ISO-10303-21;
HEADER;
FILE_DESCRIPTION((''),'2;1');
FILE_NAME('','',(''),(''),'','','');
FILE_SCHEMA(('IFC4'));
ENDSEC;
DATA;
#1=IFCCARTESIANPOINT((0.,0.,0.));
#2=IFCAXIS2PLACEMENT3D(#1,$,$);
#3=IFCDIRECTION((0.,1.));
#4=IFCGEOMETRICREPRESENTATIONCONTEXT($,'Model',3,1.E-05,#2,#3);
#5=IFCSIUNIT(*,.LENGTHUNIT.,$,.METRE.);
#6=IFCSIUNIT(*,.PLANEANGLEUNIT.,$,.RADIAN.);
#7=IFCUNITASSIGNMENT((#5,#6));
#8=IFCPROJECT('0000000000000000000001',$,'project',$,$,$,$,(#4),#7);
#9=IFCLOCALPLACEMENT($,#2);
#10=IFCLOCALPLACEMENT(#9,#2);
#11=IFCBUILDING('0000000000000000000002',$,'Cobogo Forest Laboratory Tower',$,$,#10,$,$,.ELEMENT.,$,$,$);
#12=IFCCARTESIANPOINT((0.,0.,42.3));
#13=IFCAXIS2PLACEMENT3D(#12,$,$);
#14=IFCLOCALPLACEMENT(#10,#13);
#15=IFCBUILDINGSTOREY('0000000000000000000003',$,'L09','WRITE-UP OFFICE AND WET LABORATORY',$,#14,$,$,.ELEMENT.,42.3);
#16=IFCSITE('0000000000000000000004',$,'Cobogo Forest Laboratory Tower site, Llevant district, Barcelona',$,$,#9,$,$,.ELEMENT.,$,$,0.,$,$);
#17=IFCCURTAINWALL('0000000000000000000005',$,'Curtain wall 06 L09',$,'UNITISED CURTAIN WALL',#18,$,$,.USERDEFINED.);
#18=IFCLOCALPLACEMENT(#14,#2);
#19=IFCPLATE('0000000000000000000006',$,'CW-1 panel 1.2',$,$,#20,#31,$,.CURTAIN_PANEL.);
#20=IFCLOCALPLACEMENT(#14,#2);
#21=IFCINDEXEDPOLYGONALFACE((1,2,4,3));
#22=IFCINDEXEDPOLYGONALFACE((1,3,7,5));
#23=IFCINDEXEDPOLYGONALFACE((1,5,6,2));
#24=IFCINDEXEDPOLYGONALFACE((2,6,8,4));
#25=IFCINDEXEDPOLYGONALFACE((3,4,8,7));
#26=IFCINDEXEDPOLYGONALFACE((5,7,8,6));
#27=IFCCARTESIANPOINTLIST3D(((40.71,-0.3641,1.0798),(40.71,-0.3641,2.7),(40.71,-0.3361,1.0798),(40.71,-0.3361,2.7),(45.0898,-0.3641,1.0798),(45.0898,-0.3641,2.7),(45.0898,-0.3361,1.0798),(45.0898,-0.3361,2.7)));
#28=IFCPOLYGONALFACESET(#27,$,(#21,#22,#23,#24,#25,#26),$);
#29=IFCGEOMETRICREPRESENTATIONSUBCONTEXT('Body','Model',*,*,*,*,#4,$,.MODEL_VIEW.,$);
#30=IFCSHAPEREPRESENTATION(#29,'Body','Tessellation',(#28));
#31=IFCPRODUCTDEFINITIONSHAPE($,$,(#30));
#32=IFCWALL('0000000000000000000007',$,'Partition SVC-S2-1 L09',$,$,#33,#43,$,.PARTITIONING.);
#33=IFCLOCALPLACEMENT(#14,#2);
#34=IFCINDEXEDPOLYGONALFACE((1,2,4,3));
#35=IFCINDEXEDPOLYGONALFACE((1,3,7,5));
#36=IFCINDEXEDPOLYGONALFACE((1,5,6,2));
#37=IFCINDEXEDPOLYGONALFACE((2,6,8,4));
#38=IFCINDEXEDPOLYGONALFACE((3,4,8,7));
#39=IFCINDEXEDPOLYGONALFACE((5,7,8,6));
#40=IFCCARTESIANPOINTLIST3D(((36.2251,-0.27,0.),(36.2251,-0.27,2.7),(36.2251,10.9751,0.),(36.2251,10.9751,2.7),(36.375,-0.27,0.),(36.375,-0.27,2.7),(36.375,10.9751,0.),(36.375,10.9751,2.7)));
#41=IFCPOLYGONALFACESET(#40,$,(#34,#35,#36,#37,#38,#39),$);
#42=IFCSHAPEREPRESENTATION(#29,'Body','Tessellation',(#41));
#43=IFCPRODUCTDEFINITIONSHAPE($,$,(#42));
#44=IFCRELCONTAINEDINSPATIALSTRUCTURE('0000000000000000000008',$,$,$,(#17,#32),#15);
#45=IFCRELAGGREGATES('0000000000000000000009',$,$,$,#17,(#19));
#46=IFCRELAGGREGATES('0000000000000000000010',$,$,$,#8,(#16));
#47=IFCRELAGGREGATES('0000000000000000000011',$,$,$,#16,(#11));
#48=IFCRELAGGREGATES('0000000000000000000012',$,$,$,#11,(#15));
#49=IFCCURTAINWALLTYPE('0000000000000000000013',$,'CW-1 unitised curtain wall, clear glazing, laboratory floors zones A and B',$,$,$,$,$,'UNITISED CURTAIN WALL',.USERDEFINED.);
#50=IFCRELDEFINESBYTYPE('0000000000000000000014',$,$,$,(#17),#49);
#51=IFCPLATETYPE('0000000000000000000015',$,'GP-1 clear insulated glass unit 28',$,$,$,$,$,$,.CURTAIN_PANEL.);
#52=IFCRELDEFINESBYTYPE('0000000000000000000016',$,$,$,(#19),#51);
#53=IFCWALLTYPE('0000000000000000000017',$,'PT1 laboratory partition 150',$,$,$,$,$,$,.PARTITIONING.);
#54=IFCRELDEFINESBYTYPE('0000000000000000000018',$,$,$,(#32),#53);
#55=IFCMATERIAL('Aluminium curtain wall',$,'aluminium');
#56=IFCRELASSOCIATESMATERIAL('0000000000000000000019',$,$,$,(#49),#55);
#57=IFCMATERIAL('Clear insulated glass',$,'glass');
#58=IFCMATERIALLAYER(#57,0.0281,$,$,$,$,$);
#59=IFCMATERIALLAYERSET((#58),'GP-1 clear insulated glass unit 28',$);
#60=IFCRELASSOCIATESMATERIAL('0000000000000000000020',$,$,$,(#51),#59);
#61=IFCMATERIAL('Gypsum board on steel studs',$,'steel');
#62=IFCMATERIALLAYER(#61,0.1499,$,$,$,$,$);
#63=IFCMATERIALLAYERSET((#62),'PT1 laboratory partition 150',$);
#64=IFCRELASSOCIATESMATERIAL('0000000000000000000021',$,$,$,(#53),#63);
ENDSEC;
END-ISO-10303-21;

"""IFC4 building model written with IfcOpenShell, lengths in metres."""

from ifc_helpers import new_model, si_unit, direction, frame, frame_2d, origin, origin_2d, place, context, subcontext, project, spatial, rectangle, extrude, material, layer, layer_set, type_object, element, aggregate, save


model = new_model("IFC4")

# Units and contexts
model_context = context("Model", 3, precision=1e-05, world=origin(), true_north=direction((0.0, 1.0)))
body_context = subcontext(model_context, "Body", "Model", "MODEL_VIEW")
ifc_project = project(units=[si_unit("LENGTHUNIT", "METRE"), si_unit("PLANEANGLEUNIT", "RADIAN")], contexts=[model_context])

# Site, building, storey
site_placement = place(None, origin())
site = spatial("IfcSite", under=ifc_project, at=site_placement, Name="Cobogo Forest Laboratory Tower site, Llevant district, Barcelona", CompositionType="ELEMENT", RefElevation=0.0)
building_placement = place(site_placement, origin())
building = spatial("IfcBuilding", under=site, at=building_placement, Name="Cobogo Forest Laboratory Tower", CompositionType="ELEMENT")
storey_placement = place(building_placement, frame((0.0, 0.0, 42.3)))
storey = spatial("IfcBuildingStorey", under=building, at=storey_placement, Name="L09", Description="WRITE-UP OFFICE AND WET LABORATORY", CompositionType="ELEMENT", Elevation=42.3)

# Shared definitions
ifc_material_1 = material(Name="Aluminium curtain wall", Category="aluminium")
curtain_wall_type = type_object("IfcCurtainWallType", Name="CW-1 unitised curtain wall, clear glazing, laboratory floors zones A and B", ElementType="UNITISED CURTAIN WALL", PredefinedType="USERDEFINED", material=ifc_material_1)

# Curtain wall
curtain_wall_1_placement = place(storey_placement, origin())
curtain_wall_1 = element("IfcCurtainWall", 1, at=curtain_wall_1_placement, inside=storey, type_object=curtain_wall_type, Name="Curtain wall 06 L09", ObjectType="UNITISED CURTAIN WALL", PredefinedType="USERDEFINED")

# Plate
ifc_material_2 = material(Name="Clear insulated glass", Category="glass")
ifc_layer_1 = layer(ifc_material_2, 0.0281)
ifc_layer_set_1 = layer_set([ifc_layer_1], Name="GP-1 clear insulated glass unit 28")
plate_type_1 = type_object("IfcPlateType", Name="GP-1 clear insulated glass unit 28", PredefinedType="CURTAIN_PANEL", material=ifc_layer_set_1)
plate_1_placement = place(storey_placement, frame((42.8999, -0.3501, 1.0798), z_axis=(0.0, 0.0, 1.0), x_axis=(1.0, 0.0, 0.0)))
plate_1 = element("IfcPlate", 2, at=plate_1_placement, type_object=plate_type_1, Name="CW-1 panel 1.2", PredefinedType="CURTAIN_PANEL", context=body_context, shape_type="SweptSolid", body=[
    extrude(rectangle(XDim=4.3799, YDim=0.0281, at=origin_2d()), origin(), (0.0, 0.0, 1.0), 1.6201),
])
aggregate(curtain_wall_1, [plate_1])

# Wall
ifc_material_3 = material(Name="Gypsum board on steel studs", Category="steel")
ifc_layer_2 = layer(ifc_material_3, 0.1499)
ifc_layer_set_2 = layer_set([ifc_layer_2], Name="PT1 laboratory partition 150")
wall_type = type_object("IfcWallType", Name="PT1 laboratory partition 150", PredefinedType="PARTITIONING", material=ifc_layer_set_2)
wall_placement = place(storey_placement, frame((36.3, -0.27, 0.0), z_axis=(0.0, 0.0, 1.0), x_axis=(0.0, 1.0, 0.0)))
element("IfcWall", 3, at=wall_placement, inside=storey, type_object=wall_type, Name="Partition SVC-S2-1 L09", PredefinedType="PARTITIONING", context=body_context, shape_type="SweptSolid", body=[
    extrude(rectangle(XDim=11.2451, YDim=0.1499, at=frame_2d((5.6226, 0.0))), origin(), (0.0, 0.0, 1.0), 2.7),
])

save(model, "model.ifc")
